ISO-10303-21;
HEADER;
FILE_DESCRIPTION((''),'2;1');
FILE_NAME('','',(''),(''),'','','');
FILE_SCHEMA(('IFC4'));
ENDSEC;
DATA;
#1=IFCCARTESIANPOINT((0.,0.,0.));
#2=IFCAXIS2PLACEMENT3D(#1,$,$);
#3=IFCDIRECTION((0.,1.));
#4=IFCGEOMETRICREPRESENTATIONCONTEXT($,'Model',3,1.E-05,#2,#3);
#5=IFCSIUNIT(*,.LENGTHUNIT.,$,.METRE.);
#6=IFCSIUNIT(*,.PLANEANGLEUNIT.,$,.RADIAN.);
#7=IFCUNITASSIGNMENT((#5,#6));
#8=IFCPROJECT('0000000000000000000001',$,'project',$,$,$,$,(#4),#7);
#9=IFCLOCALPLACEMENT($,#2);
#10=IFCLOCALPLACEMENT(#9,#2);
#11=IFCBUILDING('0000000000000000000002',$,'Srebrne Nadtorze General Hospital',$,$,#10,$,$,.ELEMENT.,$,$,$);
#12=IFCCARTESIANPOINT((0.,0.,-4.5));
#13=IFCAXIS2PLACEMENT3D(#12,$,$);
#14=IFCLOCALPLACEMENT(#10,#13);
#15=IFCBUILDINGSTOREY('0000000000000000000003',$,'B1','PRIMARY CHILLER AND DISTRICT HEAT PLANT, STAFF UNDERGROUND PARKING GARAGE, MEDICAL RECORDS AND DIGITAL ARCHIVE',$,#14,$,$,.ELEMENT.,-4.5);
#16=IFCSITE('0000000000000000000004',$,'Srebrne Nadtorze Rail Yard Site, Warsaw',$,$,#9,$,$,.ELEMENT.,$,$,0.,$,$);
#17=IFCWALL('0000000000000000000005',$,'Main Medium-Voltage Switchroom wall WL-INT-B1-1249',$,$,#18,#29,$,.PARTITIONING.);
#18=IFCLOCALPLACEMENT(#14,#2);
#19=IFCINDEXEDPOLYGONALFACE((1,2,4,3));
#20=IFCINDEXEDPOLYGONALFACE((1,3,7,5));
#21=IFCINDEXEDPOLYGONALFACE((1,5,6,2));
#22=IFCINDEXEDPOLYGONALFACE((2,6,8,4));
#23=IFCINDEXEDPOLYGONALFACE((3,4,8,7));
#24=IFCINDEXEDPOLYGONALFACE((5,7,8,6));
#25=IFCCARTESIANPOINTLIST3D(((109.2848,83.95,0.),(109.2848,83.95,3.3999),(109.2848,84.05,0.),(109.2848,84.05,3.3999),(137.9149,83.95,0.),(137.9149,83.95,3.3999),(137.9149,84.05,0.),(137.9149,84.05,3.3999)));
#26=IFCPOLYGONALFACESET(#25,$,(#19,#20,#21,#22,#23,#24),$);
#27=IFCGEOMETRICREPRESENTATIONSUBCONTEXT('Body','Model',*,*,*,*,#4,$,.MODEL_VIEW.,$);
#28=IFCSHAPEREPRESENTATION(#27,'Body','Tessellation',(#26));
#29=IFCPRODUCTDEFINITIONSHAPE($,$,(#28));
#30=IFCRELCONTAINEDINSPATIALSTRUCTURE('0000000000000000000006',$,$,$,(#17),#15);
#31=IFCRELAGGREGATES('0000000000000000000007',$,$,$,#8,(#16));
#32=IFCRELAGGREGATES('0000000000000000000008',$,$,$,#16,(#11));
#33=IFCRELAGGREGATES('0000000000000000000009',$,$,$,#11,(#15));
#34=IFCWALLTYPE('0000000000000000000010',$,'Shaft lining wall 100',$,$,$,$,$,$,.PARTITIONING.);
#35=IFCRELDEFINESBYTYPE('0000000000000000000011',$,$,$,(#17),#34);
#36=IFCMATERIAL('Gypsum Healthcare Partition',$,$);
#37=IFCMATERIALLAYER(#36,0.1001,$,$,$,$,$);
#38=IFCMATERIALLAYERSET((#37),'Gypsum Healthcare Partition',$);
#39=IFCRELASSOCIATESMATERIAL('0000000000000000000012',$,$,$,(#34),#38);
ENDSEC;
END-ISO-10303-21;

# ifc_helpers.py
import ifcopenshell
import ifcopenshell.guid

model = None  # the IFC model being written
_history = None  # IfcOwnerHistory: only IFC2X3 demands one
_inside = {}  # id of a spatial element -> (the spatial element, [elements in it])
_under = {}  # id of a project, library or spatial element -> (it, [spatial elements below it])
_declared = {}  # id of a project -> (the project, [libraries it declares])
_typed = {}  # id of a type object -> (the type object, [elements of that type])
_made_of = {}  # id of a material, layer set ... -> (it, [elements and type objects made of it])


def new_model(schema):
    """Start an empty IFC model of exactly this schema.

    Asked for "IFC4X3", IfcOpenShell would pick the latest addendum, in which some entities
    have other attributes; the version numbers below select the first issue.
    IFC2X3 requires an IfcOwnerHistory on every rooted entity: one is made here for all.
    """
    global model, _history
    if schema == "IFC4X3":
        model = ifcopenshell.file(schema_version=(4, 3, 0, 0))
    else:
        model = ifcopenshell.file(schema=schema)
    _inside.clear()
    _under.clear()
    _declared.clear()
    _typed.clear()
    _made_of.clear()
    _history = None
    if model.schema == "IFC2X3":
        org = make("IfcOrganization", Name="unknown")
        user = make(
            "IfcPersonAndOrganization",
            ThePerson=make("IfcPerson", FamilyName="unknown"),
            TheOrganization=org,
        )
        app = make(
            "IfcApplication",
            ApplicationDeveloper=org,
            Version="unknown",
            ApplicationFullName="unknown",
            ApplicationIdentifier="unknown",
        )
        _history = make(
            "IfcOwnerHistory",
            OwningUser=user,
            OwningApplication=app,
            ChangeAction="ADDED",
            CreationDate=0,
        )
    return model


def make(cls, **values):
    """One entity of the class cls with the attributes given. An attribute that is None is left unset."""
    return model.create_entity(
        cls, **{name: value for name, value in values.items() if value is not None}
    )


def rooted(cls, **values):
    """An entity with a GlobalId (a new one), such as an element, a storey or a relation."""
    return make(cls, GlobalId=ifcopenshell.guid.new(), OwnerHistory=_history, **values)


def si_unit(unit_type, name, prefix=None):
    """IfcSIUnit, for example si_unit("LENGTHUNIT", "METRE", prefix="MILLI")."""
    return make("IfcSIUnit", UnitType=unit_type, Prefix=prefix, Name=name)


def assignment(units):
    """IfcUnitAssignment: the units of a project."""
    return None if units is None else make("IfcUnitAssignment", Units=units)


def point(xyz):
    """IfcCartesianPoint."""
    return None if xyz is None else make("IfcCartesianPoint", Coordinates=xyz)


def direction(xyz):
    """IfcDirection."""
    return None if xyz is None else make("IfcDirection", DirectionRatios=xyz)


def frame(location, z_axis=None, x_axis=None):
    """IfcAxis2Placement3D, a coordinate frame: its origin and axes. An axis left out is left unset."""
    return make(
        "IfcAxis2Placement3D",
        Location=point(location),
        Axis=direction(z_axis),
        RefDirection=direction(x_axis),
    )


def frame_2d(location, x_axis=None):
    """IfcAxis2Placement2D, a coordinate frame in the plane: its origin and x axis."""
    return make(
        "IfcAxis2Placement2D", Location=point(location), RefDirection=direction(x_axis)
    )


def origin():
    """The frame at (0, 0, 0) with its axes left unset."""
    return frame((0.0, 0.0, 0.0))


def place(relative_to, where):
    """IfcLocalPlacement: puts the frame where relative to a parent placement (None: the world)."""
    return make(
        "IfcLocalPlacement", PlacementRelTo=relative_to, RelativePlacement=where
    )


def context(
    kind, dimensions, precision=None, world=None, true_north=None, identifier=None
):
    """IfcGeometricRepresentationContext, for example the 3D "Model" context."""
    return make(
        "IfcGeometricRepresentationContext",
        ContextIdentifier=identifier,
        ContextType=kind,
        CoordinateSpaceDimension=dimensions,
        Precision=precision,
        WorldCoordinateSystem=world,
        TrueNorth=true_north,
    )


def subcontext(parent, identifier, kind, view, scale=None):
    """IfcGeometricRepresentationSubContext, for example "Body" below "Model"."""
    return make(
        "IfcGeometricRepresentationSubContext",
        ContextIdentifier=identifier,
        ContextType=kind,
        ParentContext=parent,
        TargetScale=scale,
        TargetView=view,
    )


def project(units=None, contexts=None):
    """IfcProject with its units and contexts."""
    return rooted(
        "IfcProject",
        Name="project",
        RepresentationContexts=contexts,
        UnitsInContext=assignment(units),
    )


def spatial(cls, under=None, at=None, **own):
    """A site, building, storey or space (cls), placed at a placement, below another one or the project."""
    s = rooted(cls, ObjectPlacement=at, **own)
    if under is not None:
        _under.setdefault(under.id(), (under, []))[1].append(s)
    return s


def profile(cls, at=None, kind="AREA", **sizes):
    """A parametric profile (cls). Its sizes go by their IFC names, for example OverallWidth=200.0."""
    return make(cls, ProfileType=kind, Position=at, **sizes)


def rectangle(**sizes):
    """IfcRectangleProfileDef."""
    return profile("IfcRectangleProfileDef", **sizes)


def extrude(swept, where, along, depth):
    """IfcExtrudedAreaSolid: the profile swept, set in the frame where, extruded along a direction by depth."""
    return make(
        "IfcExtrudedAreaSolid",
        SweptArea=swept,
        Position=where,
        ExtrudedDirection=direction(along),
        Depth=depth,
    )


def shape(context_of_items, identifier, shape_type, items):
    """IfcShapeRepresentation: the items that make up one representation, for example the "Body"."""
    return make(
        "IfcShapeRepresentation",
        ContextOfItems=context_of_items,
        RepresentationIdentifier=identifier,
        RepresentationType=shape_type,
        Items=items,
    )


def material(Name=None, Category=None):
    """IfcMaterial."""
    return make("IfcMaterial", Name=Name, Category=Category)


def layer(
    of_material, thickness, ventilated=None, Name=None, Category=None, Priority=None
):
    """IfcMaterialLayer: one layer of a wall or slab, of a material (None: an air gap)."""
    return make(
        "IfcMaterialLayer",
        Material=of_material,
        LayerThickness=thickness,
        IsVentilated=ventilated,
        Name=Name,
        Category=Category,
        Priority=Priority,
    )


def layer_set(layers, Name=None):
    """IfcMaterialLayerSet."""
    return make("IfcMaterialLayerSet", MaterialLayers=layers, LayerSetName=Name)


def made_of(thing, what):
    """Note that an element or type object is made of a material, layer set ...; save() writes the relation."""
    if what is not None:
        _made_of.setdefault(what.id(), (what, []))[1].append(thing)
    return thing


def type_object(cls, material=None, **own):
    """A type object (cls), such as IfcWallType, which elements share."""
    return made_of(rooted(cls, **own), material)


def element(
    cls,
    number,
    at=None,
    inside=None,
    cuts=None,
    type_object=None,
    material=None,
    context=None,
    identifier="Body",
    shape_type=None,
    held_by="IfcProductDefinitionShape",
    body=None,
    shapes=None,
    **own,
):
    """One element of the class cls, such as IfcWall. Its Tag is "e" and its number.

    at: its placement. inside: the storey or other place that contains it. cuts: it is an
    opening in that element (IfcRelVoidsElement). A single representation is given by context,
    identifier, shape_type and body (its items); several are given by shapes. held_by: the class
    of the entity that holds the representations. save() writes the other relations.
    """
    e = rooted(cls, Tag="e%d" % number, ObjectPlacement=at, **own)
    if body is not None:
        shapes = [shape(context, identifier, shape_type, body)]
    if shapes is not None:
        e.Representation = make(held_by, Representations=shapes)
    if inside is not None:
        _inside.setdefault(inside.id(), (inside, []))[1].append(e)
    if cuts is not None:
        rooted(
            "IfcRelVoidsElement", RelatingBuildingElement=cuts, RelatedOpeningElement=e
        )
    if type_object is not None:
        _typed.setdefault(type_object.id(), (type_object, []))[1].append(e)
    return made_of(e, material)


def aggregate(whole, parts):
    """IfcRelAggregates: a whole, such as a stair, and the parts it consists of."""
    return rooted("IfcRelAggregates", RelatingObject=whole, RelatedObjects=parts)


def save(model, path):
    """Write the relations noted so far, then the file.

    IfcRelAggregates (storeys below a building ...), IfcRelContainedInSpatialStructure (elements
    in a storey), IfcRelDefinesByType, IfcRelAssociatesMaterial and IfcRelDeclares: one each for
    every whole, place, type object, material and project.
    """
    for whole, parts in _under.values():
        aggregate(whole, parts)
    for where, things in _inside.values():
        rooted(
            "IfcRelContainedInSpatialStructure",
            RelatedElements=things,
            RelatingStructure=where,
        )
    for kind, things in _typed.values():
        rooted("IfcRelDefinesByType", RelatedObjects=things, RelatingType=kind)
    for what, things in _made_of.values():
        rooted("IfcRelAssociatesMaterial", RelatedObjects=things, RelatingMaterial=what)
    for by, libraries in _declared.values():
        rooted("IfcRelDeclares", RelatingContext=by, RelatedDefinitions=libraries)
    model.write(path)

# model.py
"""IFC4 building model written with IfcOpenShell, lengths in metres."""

from ifc_helpers import new_model, si_unit, direction, frame, frame_2d, origin, place, context, subcontext, project, spatial, rectangle, extrude, material, layer, layer_set, type_object, element, save


model = new_model("IFC4")

# Units and contexts
model_context = context("Model", 3, precision=1e-05, world=origin(), true_north=direction((0.0, 1.0)))
body_context = subcontext(model_context, "Body", "Model", "MODEL_VIEW")
ifc_project = project(units=[si_unit("LENGTHUNIT", "METRE"), si_unit("PLANEANGLEUNIT", "RADIAN")], contexts=[model_context])

# Site, building, storey
site_placement = place(None, origin())
site = spatial("IfcSite", under=ifc_project, at=site_placement, Name="Srebrne Nadtorze Rail Yard Site, Warsaw", CompositionType="ELEMENT", RefElevation=0.0)
building_placement = place(site_placement, origin())
building = spatial("IfcBuilding", under=site, at=building_placement, Name="Srebrne Nadtorze General Hospital", CompositionType="ELEMENT")
storey_placement = place(building_placement, frame((0.0, 0.0, -4.5)))
storey = spatial("IfcBuildingStorey", under=building, at=storey_placement, Name="B1", Description="PRIMARY CHILLER AND DISTRICT HEAT PLANT, STAFF UNDERGROUND PARKING GARAGE, MEDICAL RECORDS AND DIGITAL ARCHIVE", CompositionType="ELEMENT", Elevation=-4.5)

# Wall
ifc_material_1 = material(Name="Gypsum Healthcare Partition")
ifc_layer_1 = layer(ifc_material_1, 0.1001)
ifc_layer_set_1 = layer_set([ifc_layer_1], Name="Gypsum Healthcare Partition")
wall_type_1 = type_object("IfcWallType", Name="Shaft lining wall 100", PredefinedType="PARTITIONING", material=ifc_layer_set_1)
wall_1_placement = place(storey_placement, frame((109.2849, 84.0, 0.0), z_axis=(0.0, 0.0, 1.0), x_axis=(1.0, 0.0, 0.0)))
element("IfcWall", 1, at=wall_1_placement, inside=storey, type_object=wall_type_1, Name="Main Medium-Voltage Switchroom wall WL-INT-B1-1249", PredefinedType="PARTITIONING", context=body_context, shape_type="SweptSolid", body=[
    extrude(rectangle(XDim=28.6301, YDim=0.1001, at=frame_2d((14.3149, 0.0))), origin(), (0.0, 0.0, 1.0), 3.3999),
])

save(model, "model.ifc")
